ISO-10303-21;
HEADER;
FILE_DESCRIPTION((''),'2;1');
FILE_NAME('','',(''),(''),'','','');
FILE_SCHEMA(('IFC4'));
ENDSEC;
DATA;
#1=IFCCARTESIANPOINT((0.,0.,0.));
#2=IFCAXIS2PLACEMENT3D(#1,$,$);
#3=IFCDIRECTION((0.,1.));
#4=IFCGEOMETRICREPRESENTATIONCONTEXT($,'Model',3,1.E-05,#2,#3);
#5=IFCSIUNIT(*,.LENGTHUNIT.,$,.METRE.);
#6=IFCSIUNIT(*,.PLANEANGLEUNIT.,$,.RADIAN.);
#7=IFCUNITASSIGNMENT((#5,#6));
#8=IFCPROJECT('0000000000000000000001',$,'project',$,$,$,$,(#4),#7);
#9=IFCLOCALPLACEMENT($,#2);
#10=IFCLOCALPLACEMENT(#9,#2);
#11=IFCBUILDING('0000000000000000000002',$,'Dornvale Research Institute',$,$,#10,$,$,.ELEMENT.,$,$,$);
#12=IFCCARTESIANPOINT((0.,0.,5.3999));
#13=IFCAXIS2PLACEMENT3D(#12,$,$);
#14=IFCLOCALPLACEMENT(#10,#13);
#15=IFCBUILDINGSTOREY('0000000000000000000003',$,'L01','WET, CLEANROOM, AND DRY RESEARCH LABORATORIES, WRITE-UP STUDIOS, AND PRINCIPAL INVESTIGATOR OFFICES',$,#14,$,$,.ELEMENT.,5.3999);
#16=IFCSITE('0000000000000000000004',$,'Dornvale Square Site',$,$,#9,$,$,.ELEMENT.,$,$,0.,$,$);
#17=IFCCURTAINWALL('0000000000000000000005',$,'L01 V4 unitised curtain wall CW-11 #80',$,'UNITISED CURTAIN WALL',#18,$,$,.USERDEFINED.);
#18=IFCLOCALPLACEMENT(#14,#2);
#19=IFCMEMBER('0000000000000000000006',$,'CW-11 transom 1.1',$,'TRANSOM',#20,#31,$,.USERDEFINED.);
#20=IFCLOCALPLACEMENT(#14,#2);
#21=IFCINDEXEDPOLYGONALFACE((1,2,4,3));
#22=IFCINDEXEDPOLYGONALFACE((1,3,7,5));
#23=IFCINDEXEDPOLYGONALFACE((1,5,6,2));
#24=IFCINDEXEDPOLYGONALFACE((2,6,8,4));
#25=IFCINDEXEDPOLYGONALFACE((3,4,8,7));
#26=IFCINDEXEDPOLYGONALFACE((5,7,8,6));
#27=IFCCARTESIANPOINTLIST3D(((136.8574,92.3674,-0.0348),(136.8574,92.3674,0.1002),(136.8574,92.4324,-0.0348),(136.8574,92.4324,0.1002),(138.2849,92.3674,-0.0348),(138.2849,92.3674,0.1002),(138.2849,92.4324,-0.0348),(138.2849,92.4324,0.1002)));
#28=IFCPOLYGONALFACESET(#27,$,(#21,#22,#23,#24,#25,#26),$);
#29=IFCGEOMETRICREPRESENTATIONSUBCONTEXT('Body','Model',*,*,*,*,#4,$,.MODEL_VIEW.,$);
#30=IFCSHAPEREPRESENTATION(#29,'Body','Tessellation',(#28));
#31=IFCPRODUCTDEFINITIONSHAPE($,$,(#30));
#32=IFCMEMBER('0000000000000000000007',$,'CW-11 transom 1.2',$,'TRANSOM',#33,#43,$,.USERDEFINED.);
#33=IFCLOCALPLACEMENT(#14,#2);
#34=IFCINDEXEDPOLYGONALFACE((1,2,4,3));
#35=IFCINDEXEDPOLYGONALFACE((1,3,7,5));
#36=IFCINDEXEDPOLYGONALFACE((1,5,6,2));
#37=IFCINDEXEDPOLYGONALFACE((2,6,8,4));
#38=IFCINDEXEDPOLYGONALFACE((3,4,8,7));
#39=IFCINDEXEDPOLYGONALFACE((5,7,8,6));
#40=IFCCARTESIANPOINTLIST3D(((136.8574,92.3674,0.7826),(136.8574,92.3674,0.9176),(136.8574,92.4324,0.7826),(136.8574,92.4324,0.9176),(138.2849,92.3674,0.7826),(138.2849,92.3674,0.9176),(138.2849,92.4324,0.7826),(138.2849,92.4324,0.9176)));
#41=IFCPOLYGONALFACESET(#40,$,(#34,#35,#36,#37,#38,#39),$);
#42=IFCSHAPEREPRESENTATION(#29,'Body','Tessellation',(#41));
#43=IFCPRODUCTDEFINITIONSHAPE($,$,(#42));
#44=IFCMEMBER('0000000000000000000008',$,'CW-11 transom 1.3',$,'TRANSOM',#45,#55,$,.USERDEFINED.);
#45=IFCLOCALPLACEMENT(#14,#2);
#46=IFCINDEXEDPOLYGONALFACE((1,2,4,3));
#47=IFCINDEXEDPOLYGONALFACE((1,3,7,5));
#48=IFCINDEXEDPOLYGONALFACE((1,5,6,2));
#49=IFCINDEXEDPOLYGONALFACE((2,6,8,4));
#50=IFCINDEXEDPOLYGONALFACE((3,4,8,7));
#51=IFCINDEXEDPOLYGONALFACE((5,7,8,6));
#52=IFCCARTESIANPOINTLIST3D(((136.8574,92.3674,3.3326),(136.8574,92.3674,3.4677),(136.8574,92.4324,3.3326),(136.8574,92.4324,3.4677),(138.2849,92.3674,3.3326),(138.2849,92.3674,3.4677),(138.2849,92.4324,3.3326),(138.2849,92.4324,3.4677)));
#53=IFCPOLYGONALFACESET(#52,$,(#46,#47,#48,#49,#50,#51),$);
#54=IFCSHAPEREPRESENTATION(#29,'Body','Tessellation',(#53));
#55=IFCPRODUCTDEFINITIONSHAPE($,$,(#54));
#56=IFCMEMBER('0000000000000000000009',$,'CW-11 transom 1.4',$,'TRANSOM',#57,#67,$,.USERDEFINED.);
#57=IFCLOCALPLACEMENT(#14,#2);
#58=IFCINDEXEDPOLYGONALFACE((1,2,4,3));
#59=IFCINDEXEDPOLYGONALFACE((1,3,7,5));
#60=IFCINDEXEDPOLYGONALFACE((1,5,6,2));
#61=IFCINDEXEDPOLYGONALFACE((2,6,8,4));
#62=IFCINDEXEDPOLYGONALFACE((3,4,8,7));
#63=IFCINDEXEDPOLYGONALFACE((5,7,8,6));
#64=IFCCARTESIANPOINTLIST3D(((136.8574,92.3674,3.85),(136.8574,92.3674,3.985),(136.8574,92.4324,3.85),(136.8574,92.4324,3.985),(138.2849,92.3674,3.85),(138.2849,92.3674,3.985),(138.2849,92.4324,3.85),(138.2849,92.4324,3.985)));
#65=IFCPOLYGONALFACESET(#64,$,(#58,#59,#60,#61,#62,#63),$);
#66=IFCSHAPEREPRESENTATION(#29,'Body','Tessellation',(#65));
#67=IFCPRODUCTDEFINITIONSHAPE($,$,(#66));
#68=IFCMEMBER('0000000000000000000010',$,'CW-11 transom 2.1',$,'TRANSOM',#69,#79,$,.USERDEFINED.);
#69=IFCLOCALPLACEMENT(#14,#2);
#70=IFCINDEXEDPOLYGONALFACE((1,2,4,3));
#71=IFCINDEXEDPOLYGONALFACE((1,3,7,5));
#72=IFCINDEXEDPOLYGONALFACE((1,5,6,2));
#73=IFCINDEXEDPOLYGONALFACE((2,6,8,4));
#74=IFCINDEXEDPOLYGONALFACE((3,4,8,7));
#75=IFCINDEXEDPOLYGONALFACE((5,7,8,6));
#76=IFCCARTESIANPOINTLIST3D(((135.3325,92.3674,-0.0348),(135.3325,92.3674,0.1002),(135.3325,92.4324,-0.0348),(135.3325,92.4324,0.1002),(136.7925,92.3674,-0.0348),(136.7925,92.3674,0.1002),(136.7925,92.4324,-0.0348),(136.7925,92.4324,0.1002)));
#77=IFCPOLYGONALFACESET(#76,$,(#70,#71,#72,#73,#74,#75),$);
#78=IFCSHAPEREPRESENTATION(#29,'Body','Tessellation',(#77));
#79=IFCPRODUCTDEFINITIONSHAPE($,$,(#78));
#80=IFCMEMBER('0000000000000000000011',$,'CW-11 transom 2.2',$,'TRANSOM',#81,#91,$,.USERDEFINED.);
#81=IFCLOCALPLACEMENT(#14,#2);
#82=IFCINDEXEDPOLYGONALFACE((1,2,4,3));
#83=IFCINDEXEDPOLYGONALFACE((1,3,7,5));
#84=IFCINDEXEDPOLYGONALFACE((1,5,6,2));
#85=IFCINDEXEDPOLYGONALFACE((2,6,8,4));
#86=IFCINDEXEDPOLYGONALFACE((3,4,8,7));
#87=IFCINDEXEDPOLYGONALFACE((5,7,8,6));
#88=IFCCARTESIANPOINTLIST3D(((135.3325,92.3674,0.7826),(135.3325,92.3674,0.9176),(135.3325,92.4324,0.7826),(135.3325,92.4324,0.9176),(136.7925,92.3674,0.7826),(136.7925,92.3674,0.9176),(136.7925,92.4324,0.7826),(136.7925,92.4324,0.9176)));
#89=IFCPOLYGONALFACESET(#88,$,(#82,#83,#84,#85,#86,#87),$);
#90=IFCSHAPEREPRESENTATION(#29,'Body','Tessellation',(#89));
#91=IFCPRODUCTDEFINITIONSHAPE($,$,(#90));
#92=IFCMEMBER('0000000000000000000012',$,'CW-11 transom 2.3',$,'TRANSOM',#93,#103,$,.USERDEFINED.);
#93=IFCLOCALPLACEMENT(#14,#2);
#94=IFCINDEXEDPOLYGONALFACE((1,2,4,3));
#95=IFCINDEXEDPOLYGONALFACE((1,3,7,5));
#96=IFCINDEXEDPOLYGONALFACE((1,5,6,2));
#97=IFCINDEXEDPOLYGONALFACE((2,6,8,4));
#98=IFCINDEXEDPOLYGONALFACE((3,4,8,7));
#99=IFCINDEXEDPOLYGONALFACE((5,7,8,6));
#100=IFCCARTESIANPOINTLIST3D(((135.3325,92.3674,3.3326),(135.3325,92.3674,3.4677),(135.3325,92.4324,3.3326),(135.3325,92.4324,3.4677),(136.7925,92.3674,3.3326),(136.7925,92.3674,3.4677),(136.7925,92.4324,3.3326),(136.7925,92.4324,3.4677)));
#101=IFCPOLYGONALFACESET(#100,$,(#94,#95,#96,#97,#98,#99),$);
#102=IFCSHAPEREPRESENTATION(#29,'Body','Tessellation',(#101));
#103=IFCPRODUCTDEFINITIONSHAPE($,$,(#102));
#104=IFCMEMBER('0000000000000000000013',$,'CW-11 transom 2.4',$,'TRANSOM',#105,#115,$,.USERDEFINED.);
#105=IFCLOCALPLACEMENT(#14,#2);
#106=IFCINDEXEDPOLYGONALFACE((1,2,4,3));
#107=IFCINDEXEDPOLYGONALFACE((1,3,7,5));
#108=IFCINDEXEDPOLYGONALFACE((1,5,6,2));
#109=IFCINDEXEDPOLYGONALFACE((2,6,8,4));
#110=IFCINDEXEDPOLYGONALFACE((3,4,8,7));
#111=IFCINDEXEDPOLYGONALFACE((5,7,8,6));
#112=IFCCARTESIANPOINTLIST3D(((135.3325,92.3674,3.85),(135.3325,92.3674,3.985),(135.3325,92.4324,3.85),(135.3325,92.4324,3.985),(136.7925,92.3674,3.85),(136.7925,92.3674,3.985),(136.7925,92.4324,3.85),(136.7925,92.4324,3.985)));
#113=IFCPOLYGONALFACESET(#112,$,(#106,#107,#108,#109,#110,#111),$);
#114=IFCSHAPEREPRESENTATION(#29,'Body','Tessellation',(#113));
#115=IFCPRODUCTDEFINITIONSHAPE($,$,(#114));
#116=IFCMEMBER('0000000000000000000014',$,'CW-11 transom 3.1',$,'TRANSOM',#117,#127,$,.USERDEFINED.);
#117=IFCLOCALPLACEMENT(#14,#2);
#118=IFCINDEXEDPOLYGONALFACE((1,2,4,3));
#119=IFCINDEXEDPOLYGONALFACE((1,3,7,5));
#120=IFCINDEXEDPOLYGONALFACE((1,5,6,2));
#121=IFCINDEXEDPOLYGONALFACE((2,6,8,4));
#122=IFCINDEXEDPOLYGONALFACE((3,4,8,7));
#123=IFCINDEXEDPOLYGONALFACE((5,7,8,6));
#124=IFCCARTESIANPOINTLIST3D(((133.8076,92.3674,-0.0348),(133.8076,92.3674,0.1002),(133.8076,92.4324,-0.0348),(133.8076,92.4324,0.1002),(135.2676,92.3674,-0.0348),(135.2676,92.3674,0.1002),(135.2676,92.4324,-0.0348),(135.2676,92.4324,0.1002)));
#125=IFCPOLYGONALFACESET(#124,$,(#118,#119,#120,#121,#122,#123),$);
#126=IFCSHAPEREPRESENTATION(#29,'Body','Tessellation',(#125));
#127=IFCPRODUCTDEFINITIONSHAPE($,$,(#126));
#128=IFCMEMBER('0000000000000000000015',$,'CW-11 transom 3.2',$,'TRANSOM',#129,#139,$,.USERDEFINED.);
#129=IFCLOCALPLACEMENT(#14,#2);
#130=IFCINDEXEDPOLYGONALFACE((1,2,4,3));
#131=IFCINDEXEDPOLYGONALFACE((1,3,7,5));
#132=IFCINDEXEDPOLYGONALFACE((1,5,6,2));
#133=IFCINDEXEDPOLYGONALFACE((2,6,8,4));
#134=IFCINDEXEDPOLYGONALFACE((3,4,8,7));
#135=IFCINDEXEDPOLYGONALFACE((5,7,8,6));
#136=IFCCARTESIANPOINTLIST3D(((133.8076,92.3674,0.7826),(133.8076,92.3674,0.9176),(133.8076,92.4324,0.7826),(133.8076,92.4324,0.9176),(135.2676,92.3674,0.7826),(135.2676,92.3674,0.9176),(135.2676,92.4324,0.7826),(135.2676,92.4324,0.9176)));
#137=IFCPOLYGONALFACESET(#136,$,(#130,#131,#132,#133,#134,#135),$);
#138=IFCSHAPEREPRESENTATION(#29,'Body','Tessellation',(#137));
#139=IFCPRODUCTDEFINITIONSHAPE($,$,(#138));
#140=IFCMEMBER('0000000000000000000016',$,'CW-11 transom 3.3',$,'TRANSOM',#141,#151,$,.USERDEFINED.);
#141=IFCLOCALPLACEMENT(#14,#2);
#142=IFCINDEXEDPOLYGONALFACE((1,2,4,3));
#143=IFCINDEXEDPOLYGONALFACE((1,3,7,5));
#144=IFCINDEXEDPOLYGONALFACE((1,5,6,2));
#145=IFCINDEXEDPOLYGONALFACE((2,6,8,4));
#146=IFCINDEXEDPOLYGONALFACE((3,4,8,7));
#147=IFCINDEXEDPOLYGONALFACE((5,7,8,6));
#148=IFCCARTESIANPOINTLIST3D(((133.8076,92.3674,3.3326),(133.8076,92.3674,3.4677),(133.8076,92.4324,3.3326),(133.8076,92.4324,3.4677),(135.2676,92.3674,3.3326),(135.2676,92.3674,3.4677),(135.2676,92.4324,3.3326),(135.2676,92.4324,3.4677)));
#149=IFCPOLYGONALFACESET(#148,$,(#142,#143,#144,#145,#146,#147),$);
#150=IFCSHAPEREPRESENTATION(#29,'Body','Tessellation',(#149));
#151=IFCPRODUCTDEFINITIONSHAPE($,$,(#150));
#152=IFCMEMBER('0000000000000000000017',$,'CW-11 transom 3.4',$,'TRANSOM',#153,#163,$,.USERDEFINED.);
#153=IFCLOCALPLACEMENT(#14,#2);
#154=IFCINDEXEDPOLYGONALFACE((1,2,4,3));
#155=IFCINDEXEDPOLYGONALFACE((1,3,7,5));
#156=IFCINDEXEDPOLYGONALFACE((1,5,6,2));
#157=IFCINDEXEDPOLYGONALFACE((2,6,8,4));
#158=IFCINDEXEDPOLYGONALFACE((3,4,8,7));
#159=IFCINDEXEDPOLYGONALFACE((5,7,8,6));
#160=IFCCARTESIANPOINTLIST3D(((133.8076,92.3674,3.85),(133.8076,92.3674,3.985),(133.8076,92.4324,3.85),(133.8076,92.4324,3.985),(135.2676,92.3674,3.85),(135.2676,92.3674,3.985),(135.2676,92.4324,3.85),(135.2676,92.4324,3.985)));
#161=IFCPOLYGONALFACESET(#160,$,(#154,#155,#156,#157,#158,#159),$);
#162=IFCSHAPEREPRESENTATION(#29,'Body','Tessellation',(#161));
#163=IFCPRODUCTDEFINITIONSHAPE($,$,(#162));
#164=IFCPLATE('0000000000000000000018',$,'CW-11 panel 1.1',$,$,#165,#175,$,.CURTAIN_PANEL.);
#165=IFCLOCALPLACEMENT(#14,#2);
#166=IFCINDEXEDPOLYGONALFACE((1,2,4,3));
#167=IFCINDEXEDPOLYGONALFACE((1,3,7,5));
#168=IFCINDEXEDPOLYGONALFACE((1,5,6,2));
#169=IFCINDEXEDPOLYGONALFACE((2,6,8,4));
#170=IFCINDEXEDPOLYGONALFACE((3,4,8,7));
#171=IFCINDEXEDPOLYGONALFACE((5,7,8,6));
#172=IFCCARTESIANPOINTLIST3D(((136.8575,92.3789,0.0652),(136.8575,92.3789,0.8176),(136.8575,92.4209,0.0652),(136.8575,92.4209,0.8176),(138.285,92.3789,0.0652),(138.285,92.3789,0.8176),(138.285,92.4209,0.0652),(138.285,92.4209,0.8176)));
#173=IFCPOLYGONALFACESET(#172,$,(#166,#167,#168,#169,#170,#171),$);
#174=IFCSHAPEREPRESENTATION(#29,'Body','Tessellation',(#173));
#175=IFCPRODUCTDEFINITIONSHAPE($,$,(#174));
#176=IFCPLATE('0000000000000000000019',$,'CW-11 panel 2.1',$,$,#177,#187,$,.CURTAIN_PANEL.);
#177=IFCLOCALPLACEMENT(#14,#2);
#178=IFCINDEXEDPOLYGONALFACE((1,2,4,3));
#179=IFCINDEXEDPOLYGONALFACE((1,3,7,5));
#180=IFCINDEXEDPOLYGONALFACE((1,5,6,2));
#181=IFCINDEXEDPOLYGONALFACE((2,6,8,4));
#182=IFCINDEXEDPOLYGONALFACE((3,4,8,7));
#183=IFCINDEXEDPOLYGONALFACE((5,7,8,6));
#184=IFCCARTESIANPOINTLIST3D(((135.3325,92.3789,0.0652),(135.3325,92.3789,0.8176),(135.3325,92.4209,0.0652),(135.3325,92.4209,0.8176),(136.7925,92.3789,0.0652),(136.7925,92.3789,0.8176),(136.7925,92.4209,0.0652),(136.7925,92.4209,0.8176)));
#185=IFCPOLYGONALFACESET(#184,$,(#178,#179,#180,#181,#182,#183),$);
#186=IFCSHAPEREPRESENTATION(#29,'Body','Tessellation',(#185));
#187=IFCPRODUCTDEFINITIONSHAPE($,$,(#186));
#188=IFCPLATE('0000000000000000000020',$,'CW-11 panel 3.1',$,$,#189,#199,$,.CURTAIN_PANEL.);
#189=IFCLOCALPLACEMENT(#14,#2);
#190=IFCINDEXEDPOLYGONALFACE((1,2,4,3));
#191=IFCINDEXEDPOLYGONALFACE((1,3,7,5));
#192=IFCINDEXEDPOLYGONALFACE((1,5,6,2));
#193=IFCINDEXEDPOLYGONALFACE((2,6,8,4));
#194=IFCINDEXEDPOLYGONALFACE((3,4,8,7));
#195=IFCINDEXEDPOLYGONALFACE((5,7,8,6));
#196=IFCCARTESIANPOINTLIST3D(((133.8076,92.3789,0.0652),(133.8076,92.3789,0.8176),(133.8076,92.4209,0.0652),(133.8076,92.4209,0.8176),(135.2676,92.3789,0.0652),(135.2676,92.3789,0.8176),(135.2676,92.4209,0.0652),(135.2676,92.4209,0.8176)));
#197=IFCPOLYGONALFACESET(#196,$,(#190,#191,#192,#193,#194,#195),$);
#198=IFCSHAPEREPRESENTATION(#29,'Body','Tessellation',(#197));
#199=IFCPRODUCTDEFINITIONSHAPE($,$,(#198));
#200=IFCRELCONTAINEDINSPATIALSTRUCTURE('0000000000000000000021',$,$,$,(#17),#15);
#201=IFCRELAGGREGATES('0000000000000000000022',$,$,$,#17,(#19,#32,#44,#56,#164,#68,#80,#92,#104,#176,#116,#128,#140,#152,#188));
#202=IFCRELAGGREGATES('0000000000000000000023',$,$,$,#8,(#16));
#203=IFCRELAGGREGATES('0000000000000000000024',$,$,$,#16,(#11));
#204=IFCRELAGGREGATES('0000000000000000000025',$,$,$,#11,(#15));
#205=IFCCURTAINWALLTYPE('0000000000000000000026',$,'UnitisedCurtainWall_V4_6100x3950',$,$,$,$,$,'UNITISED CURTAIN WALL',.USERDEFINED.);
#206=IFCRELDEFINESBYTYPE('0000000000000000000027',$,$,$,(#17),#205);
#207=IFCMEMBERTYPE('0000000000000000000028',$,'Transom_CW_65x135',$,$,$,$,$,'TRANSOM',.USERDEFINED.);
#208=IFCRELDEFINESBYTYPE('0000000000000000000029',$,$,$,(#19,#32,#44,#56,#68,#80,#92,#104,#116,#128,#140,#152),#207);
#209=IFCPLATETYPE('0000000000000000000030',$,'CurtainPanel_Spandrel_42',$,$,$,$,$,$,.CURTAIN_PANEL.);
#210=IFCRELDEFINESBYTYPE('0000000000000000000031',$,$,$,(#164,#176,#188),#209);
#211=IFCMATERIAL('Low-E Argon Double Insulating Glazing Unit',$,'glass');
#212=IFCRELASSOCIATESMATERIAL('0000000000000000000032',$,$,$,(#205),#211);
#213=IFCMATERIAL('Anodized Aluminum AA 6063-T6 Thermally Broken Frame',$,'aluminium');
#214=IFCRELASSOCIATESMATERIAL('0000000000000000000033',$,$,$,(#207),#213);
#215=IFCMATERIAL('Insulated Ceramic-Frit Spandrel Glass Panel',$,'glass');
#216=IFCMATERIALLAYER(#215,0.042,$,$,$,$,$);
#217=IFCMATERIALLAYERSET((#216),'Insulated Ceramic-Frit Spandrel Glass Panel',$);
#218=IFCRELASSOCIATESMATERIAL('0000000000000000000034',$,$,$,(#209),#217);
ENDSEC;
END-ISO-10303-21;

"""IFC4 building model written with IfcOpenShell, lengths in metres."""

from ifc_helpers import new_model, si_unit, direction, frame, origin, origin_2d, place, context, subcontext, project, spatial, rectangle, extrude, material, layer, layer_set, material_profile, profile_set, type_object, element, aggregate, save


model = new_model("IFC4")

# Units and contexts
model_context = context("Model", 3, precision=1e-05, world=origin(), true_north=direction((0.0, 1.0)))
body_context = subcontext(model_context, "Body", "Model", "MODEL_VIEW")
ifc_project = project(units=[si_unit("LENGTHUNIT", "METRE"), si_unit("PLANEANGLEUNIT", "RADIAN")], contexts=[model_context])

# Site, building, storey
site_placement = place(None, origin())
site = spatial("IfcSite", under=ifc_project, at=site_placement, Name="Dornvale Square Site", CompositionType="ELEMENT", RefElevation=0.0)
building_placement = place(site_placement, origin())
building = spatial("IfcBuilding", under=site, at=building_placement, Name="Dornvale Research Institute", CompositionType="ELEMENT")
storey_placement = place(building_placement, frame((0.0, 0.0, 5.3999)))
storey = spatial("IfcBuildingStorey", under=building, at=storey_placement, Name="L01", Description="WET, CLEANROOM, AND DRY RESEARCH LABORATORIES, WRITE-UP STUDIOS, AND PRINCIPAL INVESTIGATOR OFFICES", CompositionType="ELEMENT", Elevation=5.3999)

# Curtain wall
ifc_material_1 = material(Name="Low-E Argon Double Insulating Glazing Unit", Category="glass")
curtain_wall_type = type_object("IfcCurtainWallType", Name="UnitisedCurtainWall_V4_6100x3950", ElementType="UNITISED CURTAIN WALL", PredefinedType="USERDEFINED", material=ifc_material_1)
curtain_wall_placement = place(storey_placement, origin())
curtain_wall = element("IfcCurtainWall", 1, at=curtain_wall_placement, inside=storey, type_object=curtain_wall_type, Name="L01 V4 unitised curtain wall CW-11 #80", ObjectType="UNITISED CURTAIN WALL", PredefinedType="USERDEFINED")

# Members
ifc_material_2 = material(Name="Anodized Aluminum AA 6063-T6 Thermally Broken Frame", Category="aluminium")
ifc_material_profile_1 = material_profile(ifc_material_2, rectangle(XDim=0.0649, YDim=0.135, at=origin_2d()), Name="ALU TRANSOM 65x135")
ifc_profile_set_1 = profile_set([ifc_material_profile_1], Name="Anodized Aluminum AA 6063-T6 Thermally Broken Frame")
member_type_1 = type_object("IfcMemberType", Name="Transom_CW_65x135", ElementType="TRANSOM", PredefinedType="USERDEFINED", material=ifc_profile_set_1)
member_1_placement = place(storey_placement, frame((138.2849, 92.3999, 0.0327), z_axis=(-1.0, 0.0, 0.0), x_axis=(0.0, -1.0, 0.0)))
member_1 = element("IfcMember", 2, at=member_1_placement, type_object=member_type_1, Name="CW-11 transom 1.1", ObjectType="TRANSOM", PredefinedType="USERDEFINED", context=body_context, shape_type="SweptSolid", body=[
    extrude(rectangle(XDim=0.0649, YDim=0.135, at=origin_2d()), origin(), (0.0, 0.0, 1.0), 1.4275),
])
member_2_placement = place(storey_placement, frame((138.2849, 92.3999, 0.8501), z_axis=(-1.0, 0.0, 0.0), x_axis=(0.0, -1.0, 0.0)))
member_2 = element("IfcMember", 3, at=member_2_placement, type_object=member_type_1, Name="CW-11 transom 1.2", ObjectType="TRANSOM", PredefinedType="USERDEFINED", context=body_context, shape_type="SweptSolid", body=[
    extrude(rectangle(XDim=0.0649, YDim=0.135, at=origin_2d()), origin(), (0.0, 0.0, 1.0), 1.4275),
])
member_3_placement = place(storey_placement, frame((138.2849, 92.3999, 3.4001), z_axis=(-1.0, 0.0, 0.0), x_axis=(0.0, -1.0, 0.0)))
member_3 = element("IfcMember", 4, at=member_3_placement, type_object=member_type_1, Name="CW-11 transom 1.3", ObjectType="TRANSOM", PredefinedType="USERDEFINED", context=body_context, shape_type="SweptSolid", body=[
    extrude(rectangle(XDim=0.0649, YDim=0.135, at=origin_2d()), origin(), (0.0, 0.0, 1.0), 1.4275),
])
member_4_placement = place(storey_placement, frame((138.2849, 92.3999, 3.9175), z_axis=(-1.0, 0.0, 0.0), x_axis=(0.0, -1.0, 0.0)))
member_4 = element("IfcMember", 5, at=member_4_placement, type_object=member_type_1, Name="CW-11 transom 1.4", ObjectType="TRANSOM", PredefinedType="USERDEFINED", context=body_context, shape_type="SweptSolid", body=[
    extrude(rectangle(XDim=0.0649, YDim=0.135, at=origin_2d()), origin(), (0.0, 0.0, 1.0), 1.4275),
])
member_5_placement = place(storey_placement, frame((136.7925, 92.3999, 0.0327), z_axis=(-1.0, 0.0, 0.0), x_axis=(0.0, -1.0, 0.0)))
member_5 = element("IfcMember", 6, at=member_5_placement, type_object=member_type_1, Name="CW-11 transom 2.1", ObjectType="TRANSOM", PredefinedType="USERDEFINED", context=body_context, shape_type="SweptSolid", body=[
    extrude(rectangle(XDim=0.0649, YDim=0.135, at=origin_2d()), origin(), (0.0, 0.0, 1.0), 1.46),
])
member_6_placement = place(storey_placement, frame((136.7925, 92.3999, 0.8501), z_axis=(-1.0, 0.0, 0.0), x_axis=(0.0, -1.0, 0.0)))
member_6 = element("IfcMember", 7, at=member_6_placement, type_object=member_type_1, Name="CW-11 transom 2.2", ObjectType="TRANSOM", PredefinedType="USERDEFINED", context=body_context, shape_type="SweptSolid", body=[
    extrude(rectangle(XDim=0.0649, YDim=0.135, at=origin_2d()), origin(), (0.0, 0.0, 1.0), 1.46),
])
member_7_placement = place(storey_placement, frame((136.7925, 92.3999, 3.4001), z_axis=(-1.0, 0.0, 0.0), x_axis=(0.0, -1.0, 0.0)))
member_7 = element("IfcMember", 8, at=member_7_placement, type_object=member_type_1, Name="CW-11 transom 2.3", ObjectType="TRANSOM", PredefinedType="USERDEFINED", context=body_context, shape_type="SweptSolid", body=[
    extrude(rectangle(XDim=0.0649, YDim=0.135, at=origin_2d()), origin(), (0.0, 0.0, 1.0), 1.46),
])
member_8_placement = place(storey_placement, frame((136.7925, 92.3999, 3.9175), z_axis=(-1.0, 0.0, 0.0), x_axis=(0.0, -1.0, 0.0)))
member_8 = element("IfcMember", 9, at=member_8_placement, type_object=member_type_1, Name="CW-11 transom 2.4", ObjectType="TRANSOM", PredefinedType="USERDEFINED", context=body_context, shape_type="SweptSolid", body=[
    extrude(rectangle(XDim=0.0649, YDim=0.135, at=origin_2d()), origin(), (0.0, 0.0, 1.0), 1.46),
])
member_9_placement = place(storey_placement, frame((135.2676, 92.3999, 0.0327), z_axis=(-1.0, 0.0, 0.0), x_axis=(0.0, -1.0, 0.0)))
member_9 = element("IfcMember", 10, at=member_9_placement, type_object=member_type_1, Name="CW-11 transom 3.1", ObjectType="TRANSOM", PredefinedType="USERDEFINED", context=body_context, shape_type="SweptSolid", body=[
    extrude(rectangle(XDim=0.0649, YDim=0.135, at=origin_2d()), origin(), (0.0, 0.0, 1.0), 1.46),
])
member_10_placement = place(storey_placement, frame((135.2676, 92.3999, 0.8501), z_axis=(-1.0, 0.0, 0.0), x_axis=(0.0, -1.0, 0.0)))
member_10 = element("IfcMember", 11, at=member_10_placement, type_object=member_type_1, Name="CW-11 transom 3.2", ObjectType="TRANSOM", PredefinedType="USERDEFINED", context=body_context, shape_type="SweptSolid", body=[
    extrude(rectangle(XDim=0.0649, YDim=0.135, at=origin_2d()), origin(), (0.0, 0.0, 1.0), 1.46),
])
member_11_placement = place(storey_placement, frame((135.2676, 92.3999, 3.4001), z_axis=(-1.0, 0.0, 0.0), x_axis=(0.0, -1.0, 0.0)))
member_11 = element("IfcMember", 12, at=member_11_placement, type_object=member_type_1, Name="CW-11 transom 3.3", ObjectType="TRANSOM", PredefinedType="USERDEFINED", context=body_context, shape_type="SweptSolid", body=[
    extrude(rectangle(XDim=0.0649, YDim=0.135, at=origin_2d()), origin(), (0.0, 0.0, 1.0), 1.46),
])
member_12_placement = place(storey_placement, frame((135.2676, 92.3999, 3.9175), z_axis=(-1.0, 0.0, 0.0), x_axis=(0.0, -1.0, 0.0)))
member_12 = element("IfcMember", 13, at=member_12_placement, type_object=member_type_1, Name="CW-11 transom 3.4", ObjectType="TRANSOM", PredefinedType="USERDEFINED", context=body_context, shape_type="SweptSolid", body=[
    extrude(rectangle(XDim=0.0649, YDim=0.135, at=origin_2d()), origin(), (0.0, 0.0, 1.0), 1.46),
])

# Plates
ifc_material_3 = material(Name="Insulated Ceramic-Frit Spandrel Glass Panel", Category="glass")
ifc_layer_1 = layer(ifc_material_3, 0.042)
ifc_layer_set_1 = layer_set([ifc_layer_1], Name="Insulated Ceramic-Frit Spandrel Glass Panel")
plate_type_1 = type_object("IfcPlateType", Name="CurtainPanel_Spandrel_42", PredefinedType="CURTAIN_PANEL", material=ifc_layer_set_1)
plate_1_placement = place(storey_placement, frame((137.5713, 92.3999, 0.0652), z_axis=(0.0, 0.0, 1.0), x_axis=(-1.0, 0.0, 0.0)))
plate_1 = element("IfcPlate", 14, at=plate_1_placement, type_object=plate_type_1, Name="CW-11 panel 1.1", PredefinedType="CURTAIN_PANEL", context=body_context, shape_type="SweptSolid", body=[
    extrude(rectangle(XDim=1.4275, YDim=0.042, at=origin_2d()), origin(), (0.0, 0.0, 1.0), 0.7524),
])
plate_2_placement = place(storey_placement, frame((136.0625, 92.3999, 0.0652), z_axis=(0.0, 0.0, 1.0), x_axis=(-1.0, 0.0, 0.0)))
plate_2 = element("IfcPlate", 15, at=plate_2_placement, type_object=plate_type_1, Name="CW-11 panel 2.1", PredefinedType="CURTAIN_PANEL", context=body_context, shape_type="SweptSolid", body=[
    extrude(rectangle(XDim=1.46, YDim=0.042, at=origin_2d()), origin(), (0.0, 0.0, 1.0), 0.7524),
])
plate_3_placement = place(storey_placement, frame((134.5376, 92.3999, 0.0652), z_axis=(0.0, 0.0, 1.0), x_axis=(-1.0, 0.0, 0.0)))
plate_3 = element("IfcPlate", 16, at=plate_3_placement, type_object=plate_type_1, Name="CW-11 panel 3.1", PredefinedType="CURTAIN_PANEL", context=body_context, shape_type="SweptSolid", body=[
    extrude(rectangle(XDim=1.46, YDim=0.042, at=origin_2d()), origin(), (0.0, 0.0, 1.0), 0.7524),
])
aggregate(curtain_wall, [member_1, member_2, member_3, member_4, plate_1, member_5, member_6, member_7, member_8, plate_2, member_9, member_10, member_11, member_12, plate_3])

save(model, "model.ifc")
